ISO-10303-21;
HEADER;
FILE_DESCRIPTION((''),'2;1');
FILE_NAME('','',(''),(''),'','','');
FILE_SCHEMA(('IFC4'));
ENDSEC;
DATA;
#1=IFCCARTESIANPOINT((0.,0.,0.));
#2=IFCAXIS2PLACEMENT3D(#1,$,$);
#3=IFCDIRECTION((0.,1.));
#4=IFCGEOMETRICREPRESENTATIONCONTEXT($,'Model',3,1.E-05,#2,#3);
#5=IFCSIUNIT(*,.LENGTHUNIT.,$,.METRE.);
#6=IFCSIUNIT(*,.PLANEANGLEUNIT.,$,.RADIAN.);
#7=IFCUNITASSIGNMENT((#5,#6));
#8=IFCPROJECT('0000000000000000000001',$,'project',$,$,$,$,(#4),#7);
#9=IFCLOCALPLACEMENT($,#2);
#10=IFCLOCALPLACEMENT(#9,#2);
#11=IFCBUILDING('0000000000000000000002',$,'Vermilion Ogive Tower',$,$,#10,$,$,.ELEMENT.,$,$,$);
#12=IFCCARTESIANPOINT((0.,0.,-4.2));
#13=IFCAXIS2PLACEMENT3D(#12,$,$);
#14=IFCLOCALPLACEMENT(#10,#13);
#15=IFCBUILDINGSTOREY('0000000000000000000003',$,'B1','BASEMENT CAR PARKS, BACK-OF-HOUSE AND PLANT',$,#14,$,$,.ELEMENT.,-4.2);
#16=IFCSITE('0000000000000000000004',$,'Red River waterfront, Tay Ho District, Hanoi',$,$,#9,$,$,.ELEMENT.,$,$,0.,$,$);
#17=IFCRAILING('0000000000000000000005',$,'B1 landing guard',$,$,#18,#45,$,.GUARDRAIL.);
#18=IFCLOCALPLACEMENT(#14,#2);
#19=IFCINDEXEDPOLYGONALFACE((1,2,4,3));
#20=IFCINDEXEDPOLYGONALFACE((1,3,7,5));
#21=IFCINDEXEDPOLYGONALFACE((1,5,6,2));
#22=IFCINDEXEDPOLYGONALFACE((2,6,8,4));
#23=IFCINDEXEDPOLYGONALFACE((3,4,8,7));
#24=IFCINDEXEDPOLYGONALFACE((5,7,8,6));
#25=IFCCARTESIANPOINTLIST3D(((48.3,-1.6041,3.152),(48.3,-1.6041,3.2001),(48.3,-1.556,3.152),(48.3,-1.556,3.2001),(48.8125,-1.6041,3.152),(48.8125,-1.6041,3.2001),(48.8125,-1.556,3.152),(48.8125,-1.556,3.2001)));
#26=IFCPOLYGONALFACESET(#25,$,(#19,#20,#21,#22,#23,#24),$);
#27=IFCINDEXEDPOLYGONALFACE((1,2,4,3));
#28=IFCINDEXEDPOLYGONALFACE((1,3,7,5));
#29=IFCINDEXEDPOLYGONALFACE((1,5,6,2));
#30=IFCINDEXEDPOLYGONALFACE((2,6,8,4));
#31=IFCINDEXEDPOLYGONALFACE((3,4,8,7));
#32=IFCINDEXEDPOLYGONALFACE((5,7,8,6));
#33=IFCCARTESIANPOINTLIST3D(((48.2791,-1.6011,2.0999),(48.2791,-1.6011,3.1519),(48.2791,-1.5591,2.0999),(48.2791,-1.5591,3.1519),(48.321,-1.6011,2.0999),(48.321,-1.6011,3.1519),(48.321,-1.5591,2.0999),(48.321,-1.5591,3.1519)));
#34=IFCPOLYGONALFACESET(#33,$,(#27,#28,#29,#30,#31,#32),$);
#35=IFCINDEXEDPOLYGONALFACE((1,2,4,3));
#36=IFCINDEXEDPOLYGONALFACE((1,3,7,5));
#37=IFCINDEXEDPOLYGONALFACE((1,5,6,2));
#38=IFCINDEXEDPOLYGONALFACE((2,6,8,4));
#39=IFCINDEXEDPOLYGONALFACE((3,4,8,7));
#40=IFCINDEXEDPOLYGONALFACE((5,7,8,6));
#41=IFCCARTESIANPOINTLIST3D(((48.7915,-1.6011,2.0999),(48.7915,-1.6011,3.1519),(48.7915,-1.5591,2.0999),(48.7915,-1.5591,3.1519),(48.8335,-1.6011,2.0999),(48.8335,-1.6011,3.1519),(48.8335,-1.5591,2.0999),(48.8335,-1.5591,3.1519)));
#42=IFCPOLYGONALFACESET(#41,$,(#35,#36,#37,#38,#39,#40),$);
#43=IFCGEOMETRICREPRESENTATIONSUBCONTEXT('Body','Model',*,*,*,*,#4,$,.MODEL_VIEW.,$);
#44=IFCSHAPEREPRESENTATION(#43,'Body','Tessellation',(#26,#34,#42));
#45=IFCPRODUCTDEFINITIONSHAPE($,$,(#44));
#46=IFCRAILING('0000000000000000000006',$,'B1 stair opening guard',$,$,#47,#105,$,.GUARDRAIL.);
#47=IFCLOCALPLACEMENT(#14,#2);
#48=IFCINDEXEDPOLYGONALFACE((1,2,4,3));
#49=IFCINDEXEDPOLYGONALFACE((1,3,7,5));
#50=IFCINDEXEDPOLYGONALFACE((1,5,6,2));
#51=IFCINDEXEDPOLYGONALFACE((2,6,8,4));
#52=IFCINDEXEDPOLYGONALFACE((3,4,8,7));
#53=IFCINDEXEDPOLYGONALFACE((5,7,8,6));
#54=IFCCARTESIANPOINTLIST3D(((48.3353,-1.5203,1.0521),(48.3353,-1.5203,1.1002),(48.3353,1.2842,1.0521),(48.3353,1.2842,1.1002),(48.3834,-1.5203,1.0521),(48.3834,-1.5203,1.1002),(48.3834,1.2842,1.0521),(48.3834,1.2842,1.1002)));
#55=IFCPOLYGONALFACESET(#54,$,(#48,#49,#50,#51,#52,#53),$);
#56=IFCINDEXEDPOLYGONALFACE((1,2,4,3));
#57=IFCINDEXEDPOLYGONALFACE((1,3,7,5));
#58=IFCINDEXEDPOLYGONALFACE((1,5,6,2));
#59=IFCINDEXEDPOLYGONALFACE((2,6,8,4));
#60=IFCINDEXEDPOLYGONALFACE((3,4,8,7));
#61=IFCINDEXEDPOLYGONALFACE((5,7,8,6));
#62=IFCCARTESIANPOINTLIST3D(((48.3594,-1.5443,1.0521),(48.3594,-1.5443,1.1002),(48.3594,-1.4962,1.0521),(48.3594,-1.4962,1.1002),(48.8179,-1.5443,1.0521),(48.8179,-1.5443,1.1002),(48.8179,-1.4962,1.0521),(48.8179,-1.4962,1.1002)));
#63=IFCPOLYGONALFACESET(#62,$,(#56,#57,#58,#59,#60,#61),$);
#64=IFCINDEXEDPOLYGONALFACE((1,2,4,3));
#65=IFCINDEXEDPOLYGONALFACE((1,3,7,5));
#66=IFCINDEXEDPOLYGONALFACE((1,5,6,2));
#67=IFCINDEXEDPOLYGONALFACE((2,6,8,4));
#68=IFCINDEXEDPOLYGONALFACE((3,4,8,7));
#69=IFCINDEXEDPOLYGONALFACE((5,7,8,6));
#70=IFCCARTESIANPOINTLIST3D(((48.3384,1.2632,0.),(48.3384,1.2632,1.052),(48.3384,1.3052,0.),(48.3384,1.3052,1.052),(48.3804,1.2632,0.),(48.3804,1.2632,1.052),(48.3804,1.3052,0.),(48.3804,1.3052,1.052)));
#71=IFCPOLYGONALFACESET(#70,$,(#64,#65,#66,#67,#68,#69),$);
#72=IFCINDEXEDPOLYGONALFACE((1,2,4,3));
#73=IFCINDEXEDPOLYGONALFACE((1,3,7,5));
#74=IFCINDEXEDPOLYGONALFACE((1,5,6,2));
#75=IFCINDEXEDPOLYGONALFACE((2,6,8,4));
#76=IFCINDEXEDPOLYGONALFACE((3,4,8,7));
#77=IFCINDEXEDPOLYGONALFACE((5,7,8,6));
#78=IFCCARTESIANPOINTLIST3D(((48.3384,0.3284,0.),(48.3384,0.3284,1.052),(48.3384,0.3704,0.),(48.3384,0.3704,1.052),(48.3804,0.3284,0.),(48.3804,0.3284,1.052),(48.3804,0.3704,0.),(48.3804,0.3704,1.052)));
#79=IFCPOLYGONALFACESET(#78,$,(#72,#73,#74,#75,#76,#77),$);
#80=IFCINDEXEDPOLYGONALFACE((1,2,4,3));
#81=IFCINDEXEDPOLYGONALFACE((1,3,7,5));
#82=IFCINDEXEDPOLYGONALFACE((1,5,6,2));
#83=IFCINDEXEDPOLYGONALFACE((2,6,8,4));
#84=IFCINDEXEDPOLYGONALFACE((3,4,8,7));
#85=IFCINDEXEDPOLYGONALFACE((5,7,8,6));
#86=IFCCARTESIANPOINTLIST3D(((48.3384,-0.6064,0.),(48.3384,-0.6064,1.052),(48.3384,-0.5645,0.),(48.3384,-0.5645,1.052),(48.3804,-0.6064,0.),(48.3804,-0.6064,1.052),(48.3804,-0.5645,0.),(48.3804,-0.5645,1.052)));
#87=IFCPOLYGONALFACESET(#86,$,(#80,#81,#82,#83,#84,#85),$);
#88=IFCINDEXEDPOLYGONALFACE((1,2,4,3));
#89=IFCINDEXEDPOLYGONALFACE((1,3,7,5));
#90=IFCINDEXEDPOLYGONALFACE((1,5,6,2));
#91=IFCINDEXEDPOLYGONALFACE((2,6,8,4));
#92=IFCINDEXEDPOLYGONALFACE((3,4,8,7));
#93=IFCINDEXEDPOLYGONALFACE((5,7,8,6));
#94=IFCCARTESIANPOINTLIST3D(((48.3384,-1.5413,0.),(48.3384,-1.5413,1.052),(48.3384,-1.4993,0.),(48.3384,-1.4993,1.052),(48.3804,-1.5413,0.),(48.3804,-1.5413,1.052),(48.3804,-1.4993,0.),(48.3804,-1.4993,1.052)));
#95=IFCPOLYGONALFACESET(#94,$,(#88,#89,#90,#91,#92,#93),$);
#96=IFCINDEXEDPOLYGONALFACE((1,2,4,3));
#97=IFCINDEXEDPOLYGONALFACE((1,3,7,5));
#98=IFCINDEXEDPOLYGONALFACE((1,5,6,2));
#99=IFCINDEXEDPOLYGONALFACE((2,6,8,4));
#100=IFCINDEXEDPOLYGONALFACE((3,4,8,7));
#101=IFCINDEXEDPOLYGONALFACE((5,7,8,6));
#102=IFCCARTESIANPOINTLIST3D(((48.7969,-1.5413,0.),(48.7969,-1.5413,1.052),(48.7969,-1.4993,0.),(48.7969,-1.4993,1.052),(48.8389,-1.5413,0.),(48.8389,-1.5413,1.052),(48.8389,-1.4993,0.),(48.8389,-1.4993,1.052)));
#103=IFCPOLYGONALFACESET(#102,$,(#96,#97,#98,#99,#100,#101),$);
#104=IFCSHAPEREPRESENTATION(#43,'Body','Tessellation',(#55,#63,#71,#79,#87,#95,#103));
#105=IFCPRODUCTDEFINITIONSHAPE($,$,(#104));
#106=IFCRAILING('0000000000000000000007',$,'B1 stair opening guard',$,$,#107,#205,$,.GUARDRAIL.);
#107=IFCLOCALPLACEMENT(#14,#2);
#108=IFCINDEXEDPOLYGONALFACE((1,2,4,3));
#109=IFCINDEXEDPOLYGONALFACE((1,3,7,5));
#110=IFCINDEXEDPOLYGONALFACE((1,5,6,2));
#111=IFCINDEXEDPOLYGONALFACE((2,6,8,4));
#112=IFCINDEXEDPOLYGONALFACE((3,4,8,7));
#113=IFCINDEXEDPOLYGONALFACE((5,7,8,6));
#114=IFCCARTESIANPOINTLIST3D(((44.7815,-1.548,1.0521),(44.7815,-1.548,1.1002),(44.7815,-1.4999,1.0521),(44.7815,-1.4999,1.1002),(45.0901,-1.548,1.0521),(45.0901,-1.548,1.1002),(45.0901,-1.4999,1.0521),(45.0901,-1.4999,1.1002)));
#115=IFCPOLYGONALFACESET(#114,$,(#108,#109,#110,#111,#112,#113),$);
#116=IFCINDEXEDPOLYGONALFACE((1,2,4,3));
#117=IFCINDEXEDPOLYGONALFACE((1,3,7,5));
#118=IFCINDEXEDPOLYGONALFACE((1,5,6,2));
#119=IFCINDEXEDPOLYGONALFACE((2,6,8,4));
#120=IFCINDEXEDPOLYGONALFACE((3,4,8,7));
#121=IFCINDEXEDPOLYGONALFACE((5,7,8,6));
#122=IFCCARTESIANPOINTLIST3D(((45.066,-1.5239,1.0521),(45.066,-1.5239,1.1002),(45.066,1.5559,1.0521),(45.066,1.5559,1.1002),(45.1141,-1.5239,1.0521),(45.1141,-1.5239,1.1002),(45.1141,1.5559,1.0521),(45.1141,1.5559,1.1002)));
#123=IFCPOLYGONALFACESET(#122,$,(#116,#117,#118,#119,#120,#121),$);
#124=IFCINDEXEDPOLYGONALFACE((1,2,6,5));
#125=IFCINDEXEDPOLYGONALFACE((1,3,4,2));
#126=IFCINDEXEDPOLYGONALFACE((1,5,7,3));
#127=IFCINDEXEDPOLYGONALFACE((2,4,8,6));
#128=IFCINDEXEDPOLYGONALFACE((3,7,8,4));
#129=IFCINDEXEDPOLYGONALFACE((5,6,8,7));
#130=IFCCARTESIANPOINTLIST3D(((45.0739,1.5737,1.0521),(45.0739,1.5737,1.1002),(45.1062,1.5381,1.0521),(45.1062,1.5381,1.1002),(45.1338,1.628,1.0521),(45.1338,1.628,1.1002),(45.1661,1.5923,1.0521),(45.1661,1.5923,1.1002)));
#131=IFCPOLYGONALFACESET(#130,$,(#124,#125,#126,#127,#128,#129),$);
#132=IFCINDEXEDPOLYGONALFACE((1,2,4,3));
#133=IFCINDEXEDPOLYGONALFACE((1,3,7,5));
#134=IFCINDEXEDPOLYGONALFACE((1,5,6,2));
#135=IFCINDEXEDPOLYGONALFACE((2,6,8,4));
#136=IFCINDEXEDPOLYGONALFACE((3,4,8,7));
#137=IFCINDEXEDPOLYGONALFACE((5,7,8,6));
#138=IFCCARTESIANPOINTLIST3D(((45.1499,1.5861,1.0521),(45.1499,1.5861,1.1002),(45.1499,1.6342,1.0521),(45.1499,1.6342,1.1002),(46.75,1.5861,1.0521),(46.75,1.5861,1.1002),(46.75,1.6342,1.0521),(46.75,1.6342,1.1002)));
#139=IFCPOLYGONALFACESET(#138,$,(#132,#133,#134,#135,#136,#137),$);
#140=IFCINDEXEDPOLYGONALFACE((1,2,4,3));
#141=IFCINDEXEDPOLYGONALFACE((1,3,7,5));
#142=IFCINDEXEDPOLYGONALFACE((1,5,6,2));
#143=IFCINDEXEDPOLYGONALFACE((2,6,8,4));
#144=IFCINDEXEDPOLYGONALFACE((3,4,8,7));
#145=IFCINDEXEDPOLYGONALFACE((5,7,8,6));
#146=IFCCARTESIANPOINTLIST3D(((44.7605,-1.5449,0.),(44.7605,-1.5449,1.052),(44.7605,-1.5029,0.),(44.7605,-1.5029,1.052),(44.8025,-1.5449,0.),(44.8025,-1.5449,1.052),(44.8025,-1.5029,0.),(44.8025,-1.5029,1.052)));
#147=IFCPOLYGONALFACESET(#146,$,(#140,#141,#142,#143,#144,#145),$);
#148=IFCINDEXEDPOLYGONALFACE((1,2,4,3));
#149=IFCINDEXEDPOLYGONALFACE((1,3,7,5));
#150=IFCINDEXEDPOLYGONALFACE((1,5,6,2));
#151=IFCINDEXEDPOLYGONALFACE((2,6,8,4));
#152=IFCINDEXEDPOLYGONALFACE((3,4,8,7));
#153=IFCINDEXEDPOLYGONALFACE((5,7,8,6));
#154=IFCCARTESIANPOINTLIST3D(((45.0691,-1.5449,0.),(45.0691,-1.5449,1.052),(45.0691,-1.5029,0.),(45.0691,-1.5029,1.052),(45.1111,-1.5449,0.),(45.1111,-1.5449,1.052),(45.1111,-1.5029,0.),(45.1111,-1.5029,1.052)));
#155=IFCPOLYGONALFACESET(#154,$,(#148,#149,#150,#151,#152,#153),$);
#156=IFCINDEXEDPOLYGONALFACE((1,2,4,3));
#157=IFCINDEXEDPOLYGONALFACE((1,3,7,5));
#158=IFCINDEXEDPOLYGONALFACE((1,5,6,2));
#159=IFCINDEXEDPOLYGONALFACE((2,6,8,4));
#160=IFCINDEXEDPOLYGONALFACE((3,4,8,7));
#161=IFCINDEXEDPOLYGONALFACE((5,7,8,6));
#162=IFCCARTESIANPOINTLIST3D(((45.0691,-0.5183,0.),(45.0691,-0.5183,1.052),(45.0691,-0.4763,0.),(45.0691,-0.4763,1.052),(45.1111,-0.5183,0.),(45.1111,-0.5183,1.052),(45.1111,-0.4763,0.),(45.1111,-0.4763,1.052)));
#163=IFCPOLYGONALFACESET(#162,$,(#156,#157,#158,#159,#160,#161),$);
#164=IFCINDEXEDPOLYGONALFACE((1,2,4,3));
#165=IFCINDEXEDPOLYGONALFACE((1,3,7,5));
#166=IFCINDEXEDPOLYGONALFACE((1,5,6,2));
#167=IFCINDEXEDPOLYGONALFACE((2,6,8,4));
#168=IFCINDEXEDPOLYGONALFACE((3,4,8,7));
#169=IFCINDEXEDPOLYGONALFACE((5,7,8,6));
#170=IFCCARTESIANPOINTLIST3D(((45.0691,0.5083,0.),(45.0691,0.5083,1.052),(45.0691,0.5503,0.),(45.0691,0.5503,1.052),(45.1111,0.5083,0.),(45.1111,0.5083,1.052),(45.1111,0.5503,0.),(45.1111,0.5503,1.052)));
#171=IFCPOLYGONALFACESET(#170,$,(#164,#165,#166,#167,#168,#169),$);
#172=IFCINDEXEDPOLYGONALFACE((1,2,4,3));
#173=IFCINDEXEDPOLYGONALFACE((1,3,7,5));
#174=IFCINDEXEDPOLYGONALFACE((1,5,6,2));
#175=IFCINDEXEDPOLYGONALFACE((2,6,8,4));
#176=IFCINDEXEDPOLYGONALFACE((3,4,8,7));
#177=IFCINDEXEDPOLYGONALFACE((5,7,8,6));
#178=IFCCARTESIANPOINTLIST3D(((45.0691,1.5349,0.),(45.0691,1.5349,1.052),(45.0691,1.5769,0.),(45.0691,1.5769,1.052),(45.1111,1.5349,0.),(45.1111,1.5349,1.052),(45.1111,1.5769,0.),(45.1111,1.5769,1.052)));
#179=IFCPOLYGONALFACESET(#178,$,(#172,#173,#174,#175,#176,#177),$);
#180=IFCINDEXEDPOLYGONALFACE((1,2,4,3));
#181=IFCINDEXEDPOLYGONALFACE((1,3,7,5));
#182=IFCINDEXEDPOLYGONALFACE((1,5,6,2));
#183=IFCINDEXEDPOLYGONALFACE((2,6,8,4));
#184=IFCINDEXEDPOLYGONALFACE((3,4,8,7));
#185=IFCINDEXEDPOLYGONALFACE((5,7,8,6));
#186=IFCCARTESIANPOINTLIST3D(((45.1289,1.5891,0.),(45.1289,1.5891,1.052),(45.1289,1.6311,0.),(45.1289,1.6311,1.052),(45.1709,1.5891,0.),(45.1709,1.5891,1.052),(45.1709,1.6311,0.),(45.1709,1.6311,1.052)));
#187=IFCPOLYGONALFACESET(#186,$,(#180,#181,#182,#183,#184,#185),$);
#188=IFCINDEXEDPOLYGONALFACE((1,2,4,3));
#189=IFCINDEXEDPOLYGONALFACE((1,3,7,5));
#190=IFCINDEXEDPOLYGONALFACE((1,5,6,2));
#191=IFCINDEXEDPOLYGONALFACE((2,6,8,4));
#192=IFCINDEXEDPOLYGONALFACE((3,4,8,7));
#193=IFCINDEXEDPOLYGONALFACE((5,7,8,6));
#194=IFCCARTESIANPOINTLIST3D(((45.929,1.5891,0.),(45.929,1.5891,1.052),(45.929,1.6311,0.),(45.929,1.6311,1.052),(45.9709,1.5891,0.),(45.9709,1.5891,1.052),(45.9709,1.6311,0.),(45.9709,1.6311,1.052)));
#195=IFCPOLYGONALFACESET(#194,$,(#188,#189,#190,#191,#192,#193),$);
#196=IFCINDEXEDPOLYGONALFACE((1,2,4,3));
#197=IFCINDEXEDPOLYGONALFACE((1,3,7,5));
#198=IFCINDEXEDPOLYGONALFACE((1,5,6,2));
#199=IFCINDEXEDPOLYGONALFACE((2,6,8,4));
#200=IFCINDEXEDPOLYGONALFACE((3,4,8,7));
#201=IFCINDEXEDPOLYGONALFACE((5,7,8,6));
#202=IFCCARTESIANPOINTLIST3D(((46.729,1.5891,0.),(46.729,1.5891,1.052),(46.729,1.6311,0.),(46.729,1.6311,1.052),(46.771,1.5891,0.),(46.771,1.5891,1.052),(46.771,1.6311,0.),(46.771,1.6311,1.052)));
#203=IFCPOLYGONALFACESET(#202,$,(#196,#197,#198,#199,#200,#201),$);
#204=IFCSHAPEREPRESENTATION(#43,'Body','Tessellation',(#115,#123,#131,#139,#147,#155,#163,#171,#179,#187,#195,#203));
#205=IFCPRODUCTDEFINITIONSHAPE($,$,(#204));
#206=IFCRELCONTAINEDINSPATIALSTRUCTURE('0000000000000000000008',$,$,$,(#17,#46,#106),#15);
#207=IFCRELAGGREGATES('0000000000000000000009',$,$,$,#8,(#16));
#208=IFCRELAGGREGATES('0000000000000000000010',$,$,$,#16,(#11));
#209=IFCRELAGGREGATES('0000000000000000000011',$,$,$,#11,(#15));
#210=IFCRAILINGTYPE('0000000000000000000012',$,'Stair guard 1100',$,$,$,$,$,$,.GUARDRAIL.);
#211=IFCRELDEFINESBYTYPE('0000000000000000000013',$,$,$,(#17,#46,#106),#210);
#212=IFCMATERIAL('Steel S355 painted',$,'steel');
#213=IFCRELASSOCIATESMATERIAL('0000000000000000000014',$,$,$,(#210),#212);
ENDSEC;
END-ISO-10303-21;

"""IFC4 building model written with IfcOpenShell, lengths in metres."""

from ifc_helpers import new_model, si_unit, direction, frame, origin, origin_2d, place, context, subcontext, project, spatial, rectangle, extrude, material, type_object, element, save


model = new_model("IFC4")

# Units and contexts
model_context = context("Model", 3, precision=1e-05, world=origin(), true_north=direction((0.0, 1.0)))
body_context = subcontext(model_context, "Body", "Model", "MODEL_VIEW")
ifc_project = project(units=[si_unit("LENGTHUNIT", "METRE"), si_unit("PLANEANGLEUNIT", "RADIAN")], contexts=[model_context])

# Site, building, storey
site_placement = place(None, origin())
site = spatial("IfcSite", under=ifc_project, at=site_placement, Name="Red River waterfront, Tay Ho District, Hanoi", CompositionType="ELEMENT", RefElevation=0.0)
building_placement = place(site_placement, origin())
building = spatial("IfcBuilding", under=site, at=building_placement, Name="Vermilion Ogive Tower", CompositionType="ELEMENT")
storey_placement = place(building_placement, frame((0.0, 0.0, -4.2)))
storey = spatial("IfcBuildingStorey", under=building, at=storey_placement, Name="B1", Description="BASEMENT CAR PARKS, BACK-OF-HOUSE AND PLANT", CompositionType="ELEMENT", Elevation=-4.2)

# Railings
ifc_material_1 = material(Name="Steel S355 painted", Category="steel")
railing_type_1 = type_object("IfcRailingType", Name="Stair guard 1100", PredefinedType="GUARDRAIL", material=ifc_material_1)
railing_1_placement = place(storey_placement, frame((48.3, -1.5801, 2.0999)))
element("IfcRailing", 1, at=railing_1_placement, inside=storey, type_object=railing_type_1, Name="B1 landing guard", PredefinedType="GUARDRAIL", context=body_context, shape_type="SweptSolid", body=[
    extrude(rectangle(XDim=0.0481, YDim=0.0481, at=origin_2d()), frame((0.0, 0.0, 1.0762), z_axis=(1.0, 0.0, 0.0), x_axis=(0.0, 1.0, 0.0)), (0.0, 0.0, 1.0), 0.5125),
    extrude(rectangle(XDim=0.042, YDim=0.042, at=origin_2d()), origin(), (0.0, 0.0, 1.0), 1.052),
    extrude(rectangle(XDim=0.042, YDim=0.042, at=origin_2d()), frame((0.5125, 0.0, 0.0)), (0.0, 0.0, 1.0), 1.052),
])
railing_2_placement = place(storey_placement, frame((48.3594, 1.2842, 0.0)))
element("IfcRailing", 2, at=railing_2_placement, inside=storey, type_object=railing_type_1, Name="B1 stair opening guard", PredefinedType="GUARDRAIL", context=body_context, shape_type="SweptSolid", body=[
    extrude(rectangle(XDim=0.0481, YDim=0.0481, at=origin_2d()), frame((0.0, 0.0, 1.0762), z_axis=(0.0, -1.0, 0.0), x_axis=(1.0, 0.0, 0.0)), (0.0, 0.0, 1.0), 2.8044),
    extrude(rectangle(XDim=0.0481, YDim=0.0481, at=origin_2d()), frame((0.0, -2.8044, 1.0762), z_axis=(1.0, 0.0, 0.0), x_axis=(0.0, 1.0, 0.0)), (0.0, 0.0, 1.0), 0.4585),
    extrude(rectangle(XDim=0.042, YDim=0.042, at=origin_2d()), origin(), (0.0, 0.0, 1.0), 1.052),
    extrude(rectangle(XDim=0.042, YDim=0.042, at=origin_2d()), frame((0.0, -0.9348, 0.0)), (0.0, 0.0, 1.0), 1.052),
    extrude(rectangle(XDim=0.042, YDim=0.042, at=origin_2d()), frame((0.0, -1.8696, 0.0)), (0.0, 0.0, 1.0), 1.052),
    extrude(rectangle(XDim=0.042, YDim=0.042, at=origin_2d()), frame((0.0, -2.8044, 0.0)), (0.0, 0.0, 1.0), 1.052),
    extrude(rectangle(XDim=0.042, YDim=0.042, at=origin_2d()), frame((0.4585, -2.8044, 0.0)), (0.0, 0.0, 1.0), 1.052),
])
railing_3_placement = place(storey_placement, frame((44.7815, -1.5239, 0.0)))
element("IfcRailing", 3, at=railing_3_placement, inside=storey, type_object=railing_type_1, Name="B1 stair opening guard", PredefinedType="GUARDRAIL", context=body_context, shape_type="SweptSolid", body=[
    extrude(rectangle(XDim=0.0481, YDim=0.0481, at=origin_2d()), frame((0.0, 0.0, 1.0762), z_axis=(1.0, 0.0, 0.0), x_axis=(0.0, 1.0, 0.0)), (0.0, 0.0, 1.0), 0.3086),
    extrude(rectangle(XDim=0.0481, YDim=0.0481, at=origin_2d()), frame((0.3086, 0.0, 1.0762), z_axis=(0.0, 1.0, 0.0), x_axis=(-1.0, 0.0, 0.0)), (0.0, 0.0, 1.0), 3.0798),
    extrude(rectangle(XDim=0.0481, YDim=0.0481, at=origin_2d()), frame((0.3086, 3.0798, 1.0762), z_axis=(0.741034, 0.671468, 0.0), x_axis=(-0.671468, 0.741034, 0.0)), (0.0, 0.0, 1.0), 0.0808),
    extrude(rectangle(XDim=0.0481, YDim=0.0481, at=origin_2d()), frame((0.3684, 3.134, 1.0762), z_axis=(1.0, 0.0, 0.0), x_axis=(0.0, 1.0, 0.0)), (0.0, 0.0, 1.0), 1.6001),
    extrude(rectangle(XDim=0.042, YDim=0.042, at=origin_2d()), origin(), (0.0, 0.0, 1.0), 1.052),
    extrude(rectangle(XDim=0.042, YDim=0.042, at=origin_2d()), frame((0.3086, 0.0, 0.0)), (0.0, 0.0, 1.0), 1.052),
    extrude(rectangle(XDim=0.042, YDim=0.042, at=origin_2d()), frame((0.3086, 1.0266, 0.0)), (0.0, 0.0, 1.0), 1.052),
    extrude(rectangle(XDim=0.042, YDim=0.042, at=origin_2d()), frame((0.3086, 2.0532, 0.0)), (0.0, 0.0, 1.0), 1.052),
    extrude(rectangle(XDim=0.042, YDim=0.042, at=origin_2d()), frame((0.3086, 3.0798, 0.0)), (0.0, 0.0, 1.0), 1.052),
    extrude(rectangle(XDim=0.042, YDim=0.042, at=origin_2d()), frame((0.3684, 3.134, 0.0)), (0.0, 0.0, 1.0), 1.052),
    extrude(rectangle(XDim=0.042, YDim=0.042, at=origin_2d()), frame((1.1685, 3.134, 0.0)), (0.0, 0.0, 1.0), 1.052),
    extrude(rectangle(XDim=0.042, YDim=0.042, at=origin_2d()), frame((1.9685, 3.134, 0.0)), (0.0, 0.0, 1.0), 1.052),
])

save(model, "model.ifc")
